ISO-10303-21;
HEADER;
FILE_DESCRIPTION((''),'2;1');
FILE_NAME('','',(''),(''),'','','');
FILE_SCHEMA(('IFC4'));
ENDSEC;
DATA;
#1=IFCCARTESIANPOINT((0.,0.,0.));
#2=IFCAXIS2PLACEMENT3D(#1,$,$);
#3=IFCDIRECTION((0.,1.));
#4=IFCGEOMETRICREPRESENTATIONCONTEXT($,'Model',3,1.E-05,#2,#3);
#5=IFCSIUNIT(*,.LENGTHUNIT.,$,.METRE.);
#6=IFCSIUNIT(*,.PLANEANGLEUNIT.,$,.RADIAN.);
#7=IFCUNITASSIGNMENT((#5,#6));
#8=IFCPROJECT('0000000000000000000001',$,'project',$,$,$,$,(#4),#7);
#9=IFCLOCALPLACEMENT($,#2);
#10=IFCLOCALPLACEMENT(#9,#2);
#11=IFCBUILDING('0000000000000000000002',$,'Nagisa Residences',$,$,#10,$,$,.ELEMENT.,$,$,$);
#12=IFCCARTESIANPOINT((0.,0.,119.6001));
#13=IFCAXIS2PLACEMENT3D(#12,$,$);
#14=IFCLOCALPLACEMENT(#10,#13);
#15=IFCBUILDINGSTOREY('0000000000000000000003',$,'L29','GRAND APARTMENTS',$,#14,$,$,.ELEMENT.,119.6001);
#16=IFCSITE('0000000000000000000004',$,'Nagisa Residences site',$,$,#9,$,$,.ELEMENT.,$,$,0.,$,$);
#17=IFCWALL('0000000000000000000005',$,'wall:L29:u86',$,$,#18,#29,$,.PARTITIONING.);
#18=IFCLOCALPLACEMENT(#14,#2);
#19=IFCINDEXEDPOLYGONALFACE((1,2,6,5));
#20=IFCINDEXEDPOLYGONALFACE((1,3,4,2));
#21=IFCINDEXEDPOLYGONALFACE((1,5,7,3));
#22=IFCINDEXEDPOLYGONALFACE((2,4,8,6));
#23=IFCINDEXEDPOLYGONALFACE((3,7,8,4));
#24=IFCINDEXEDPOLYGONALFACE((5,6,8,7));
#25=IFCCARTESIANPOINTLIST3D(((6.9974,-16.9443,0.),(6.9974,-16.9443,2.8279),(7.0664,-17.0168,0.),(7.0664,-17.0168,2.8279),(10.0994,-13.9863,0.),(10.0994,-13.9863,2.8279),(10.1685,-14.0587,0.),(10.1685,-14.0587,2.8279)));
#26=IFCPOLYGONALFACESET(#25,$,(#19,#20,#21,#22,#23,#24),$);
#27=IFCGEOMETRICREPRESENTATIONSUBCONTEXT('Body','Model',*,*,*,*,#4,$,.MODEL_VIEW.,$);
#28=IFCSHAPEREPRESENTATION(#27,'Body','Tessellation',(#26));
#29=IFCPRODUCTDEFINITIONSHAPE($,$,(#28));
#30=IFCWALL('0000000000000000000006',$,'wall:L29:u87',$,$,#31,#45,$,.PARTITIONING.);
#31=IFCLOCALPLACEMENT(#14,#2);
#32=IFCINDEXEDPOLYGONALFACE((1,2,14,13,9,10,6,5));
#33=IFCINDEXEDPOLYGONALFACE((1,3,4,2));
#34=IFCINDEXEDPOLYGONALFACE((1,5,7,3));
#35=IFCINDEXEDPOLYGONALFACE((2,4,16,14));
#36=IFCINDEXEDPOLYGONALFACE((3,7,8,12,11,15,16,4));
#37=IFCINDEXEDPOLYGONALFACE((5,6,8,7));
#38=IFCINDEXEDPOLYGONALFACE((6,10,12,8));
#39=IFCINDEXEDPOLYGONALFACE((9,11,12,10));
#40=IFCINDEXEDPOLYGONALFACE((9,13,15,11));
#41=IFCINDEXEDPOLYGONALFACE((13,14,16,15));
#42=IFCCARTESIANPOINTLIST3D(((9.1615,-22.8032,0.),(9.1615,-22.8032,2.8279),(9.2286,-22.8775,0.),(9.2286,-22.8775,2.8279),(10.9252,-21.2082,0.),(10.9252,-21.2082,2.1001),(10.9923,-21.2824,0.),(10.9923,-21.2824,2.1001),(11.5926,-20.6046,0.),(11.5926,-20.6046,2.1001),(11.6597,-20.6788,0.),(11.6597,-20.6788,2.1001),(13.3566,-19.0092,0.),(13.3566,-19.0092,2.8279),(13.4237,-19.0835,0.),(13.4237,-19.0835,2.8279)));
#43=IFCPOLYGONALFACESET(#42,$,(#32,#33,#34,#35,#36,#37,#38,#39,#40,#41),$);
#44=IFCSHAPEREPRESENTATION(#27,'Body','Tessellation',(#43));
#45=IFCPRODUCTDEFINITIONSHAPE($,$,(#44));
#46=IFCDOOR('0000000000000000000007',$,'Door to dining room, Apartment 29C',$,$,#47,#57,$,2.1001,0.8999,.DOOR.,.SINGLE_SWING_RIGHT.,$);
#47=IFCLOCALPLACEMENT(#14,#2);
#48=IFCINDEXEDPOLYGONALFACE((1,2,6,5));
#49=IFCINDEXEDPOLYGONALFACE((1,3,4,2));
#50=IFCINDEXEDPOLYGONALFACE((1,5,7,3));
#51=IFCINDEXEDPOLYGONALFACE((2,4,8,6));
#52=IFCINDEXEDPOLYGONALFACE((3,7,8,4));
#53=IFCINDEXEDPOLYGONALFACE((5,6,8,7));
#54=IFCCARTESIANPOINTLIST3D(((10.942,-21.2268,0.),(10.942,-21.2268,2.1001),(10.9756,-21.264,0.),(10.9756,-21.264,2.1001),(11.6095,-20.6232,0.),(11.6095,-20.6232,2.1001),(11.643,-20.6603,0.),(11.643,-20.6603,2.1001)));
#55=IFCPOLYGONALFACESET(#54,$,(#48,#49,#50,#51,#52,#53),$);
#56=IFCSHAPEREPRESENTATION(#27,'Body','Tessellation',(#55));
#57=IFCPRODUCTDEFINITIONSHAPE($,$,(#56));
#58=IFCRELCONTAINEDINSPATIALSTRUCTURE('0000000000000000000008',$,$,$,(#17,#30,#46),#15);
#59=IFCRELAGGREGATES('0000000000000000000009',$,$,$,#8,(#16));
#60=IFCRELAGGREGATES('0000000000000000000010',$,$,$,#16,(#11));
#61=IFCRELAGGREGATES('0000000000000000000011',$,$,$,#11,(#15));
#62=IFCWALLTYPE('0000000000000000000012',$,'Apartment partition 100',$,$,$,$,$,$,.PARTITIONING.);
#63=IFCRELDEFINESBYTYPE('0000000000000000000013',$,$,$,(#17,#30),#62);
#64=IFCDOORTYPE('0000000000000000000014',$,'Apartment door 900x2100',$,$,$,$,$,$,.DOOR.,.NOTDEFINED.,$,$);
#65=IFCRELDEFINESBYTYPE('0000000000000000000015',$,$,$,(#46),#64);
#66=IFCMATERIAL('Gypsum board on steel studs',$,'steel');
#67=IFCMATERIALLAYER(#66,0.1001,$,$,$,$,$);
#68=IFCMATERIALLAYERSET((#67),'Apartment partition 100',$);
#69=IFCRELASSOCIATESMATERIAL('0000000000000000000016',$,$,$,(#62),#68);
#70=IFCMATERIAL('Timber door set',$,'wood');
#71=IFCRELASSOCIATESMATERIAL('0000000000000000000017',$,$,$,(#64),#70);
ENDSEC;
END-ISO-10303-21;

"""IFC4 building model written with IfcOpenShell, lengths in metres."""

from ifc_helpers import new_model, si_unit, direction, frame, frame_2d, origin, place, context, subcontext, project, spatial, rectangle, extrude, material, layer, layer_set, type_object, element, fill, save


model = new_model("IFC4")

# Units and contexts
model_context = context("Model", 3, precision=1e-05, world=origin(), true_north=direction((0.0, 1.0)))
body_context = subcontext(model_context, "Body", "Model", "MODEL_VIEW")
ifc_project = project(units=[si_unit("LENGTHUNIT", "METRE"), si_unit("PLANEANGLEUNIT", "RADIAN")], contexts=[model_context])

# Site, building, storey
site_placement = place(None, origin())
site = spatial("IfcSite", under=ifc_project, at=site_placement, Name="Nagisa Residences site", CompositionType="ELEMENT", RefElevation=0.0)
building_placement = place(site_placement, origin())
building = spatial("IfcBuilding", under=site, at=building_placement, Name="Nagisa Residences", CompositionType="ELEMENT")
storey_placement = place(building_placement, frame((0.0, 0.0, 119.6001)))
storey = spatial("IfcBuildingStorey", under=building, at=storey_placement, Name="L29", Description="GRAND APARTMENTS", CompositionType="ELEMENT", Elevation=119.6001)

# Shared definitions
ifc_material_1 = material(Name="Gypsum board on steel studs", Category="steel")
ifc_layer_1 = layer(ifc_material_1, 0.1001)
ifc_layer_set_1 = layer_set([ifc_layer_1], Name="Apartment partition 100")
wall_type_1 = type_object("IfcWallType", Name="Apartment partition 100", PredefinedType="PARTITIONING", material=ifc_layer_set_1)
ifc_material_2 = material(Name="Timber door set", Category="wood")
door_type_1 = type_object("IfcDoorType", Name="Apartment door 900x2100", OperationType="NOTDEFINED", PredefinedType="DOOR", material=ifc_material_2)

# Wall
wall_1_placement = place(storey_placement, frame((7.032, -16.9805, 0.0), z_axis=(0.0, 0.0, 1.0), x_axis=(0.72371, 0.690104, 0.0)))
element("IfcWall", 1, at=wall_1_placement, inside=storey, type_object=wall_type_1, Name="wall:L29:u86", PredefinedType="PARTITIONING", context=body_context, shape_type="SweptSolid", body=[
    extrude(rectangle(XDim=4.2864, YDim=0.1001, at=frame_2d((2.1431, 0.0))), origin(), (0.0, 0.0, 1.0), 2.8279),
])

# Wall, opening, door
wall_2_placement = place(storey_placement, frame((9.1951, -22.8403, 0.0), z_axis=(0.0, 0.0, 1.0), x_axis=(0.741676, 0.670758, 0.0)))
wall_2 = element("IfcWall", 2, at=wall_2_placement, inside=storey, type_object=wall_type_1, Name="wall:L29:u87", PredefinedType="PARTITIONING", context=body_context, shape_type="SweptSolid", body=[
    extrude(rectangle(XDim=5.6562, YDim=0.1001, at=frame_2d((2.8281, 0.0))), origin(), (0.0, 0.0, 1.0), 2.8279),
])
opening_1_placement = place(wall_2_placement, frame((2.3779, 0.0, 0.0)))
opening_1 = element("IfcOpeningElement", 3, at=opening_1_placement, cuts=wall_2, PredefinedType="OPENING", context=body_context, shape_type="SweptSolid", body=[
    extrude(rectangle(XDim=0.8999, YDim=2.1001, at=frame_2d((0.45, 1.05))), frame((0.0, 0.0601, 0.0), z_axis=(0.0, -1.0, 0.0), x_axis=(1.0, 0.0, 0.0)), (0.0, 0.0, 1.0), 0.1201),
])
door_1_placement = place(opening_1_placement, origin())
door_1 = element("IfcDoor", 4, at=door_1_placement, inside=storey, type_object=door_type_1, Name="Door to dining room, Apartment 29C", OperationType="SINGLE_SWING_RIGHT", OverallHeight=2.1001, OverallWidth=0.8999, PredefinedType="DOOR", context=body_context, shape_type="SweptSolid", body=[
    extrude(rectangle(XDim=0.8999, YDim=2.1001, at=frame_2d((0.45, 1.05))), frame((0.0, 0.0249, 0.0), z_axis=(0.0, -1.0, 0.0), x_axis=(1.0, 0.0, 0.0)), (0.0, 0.0, 1.0), 0.05),
])
fill(opening_1, door_1)

save(model, "model.ifc")
